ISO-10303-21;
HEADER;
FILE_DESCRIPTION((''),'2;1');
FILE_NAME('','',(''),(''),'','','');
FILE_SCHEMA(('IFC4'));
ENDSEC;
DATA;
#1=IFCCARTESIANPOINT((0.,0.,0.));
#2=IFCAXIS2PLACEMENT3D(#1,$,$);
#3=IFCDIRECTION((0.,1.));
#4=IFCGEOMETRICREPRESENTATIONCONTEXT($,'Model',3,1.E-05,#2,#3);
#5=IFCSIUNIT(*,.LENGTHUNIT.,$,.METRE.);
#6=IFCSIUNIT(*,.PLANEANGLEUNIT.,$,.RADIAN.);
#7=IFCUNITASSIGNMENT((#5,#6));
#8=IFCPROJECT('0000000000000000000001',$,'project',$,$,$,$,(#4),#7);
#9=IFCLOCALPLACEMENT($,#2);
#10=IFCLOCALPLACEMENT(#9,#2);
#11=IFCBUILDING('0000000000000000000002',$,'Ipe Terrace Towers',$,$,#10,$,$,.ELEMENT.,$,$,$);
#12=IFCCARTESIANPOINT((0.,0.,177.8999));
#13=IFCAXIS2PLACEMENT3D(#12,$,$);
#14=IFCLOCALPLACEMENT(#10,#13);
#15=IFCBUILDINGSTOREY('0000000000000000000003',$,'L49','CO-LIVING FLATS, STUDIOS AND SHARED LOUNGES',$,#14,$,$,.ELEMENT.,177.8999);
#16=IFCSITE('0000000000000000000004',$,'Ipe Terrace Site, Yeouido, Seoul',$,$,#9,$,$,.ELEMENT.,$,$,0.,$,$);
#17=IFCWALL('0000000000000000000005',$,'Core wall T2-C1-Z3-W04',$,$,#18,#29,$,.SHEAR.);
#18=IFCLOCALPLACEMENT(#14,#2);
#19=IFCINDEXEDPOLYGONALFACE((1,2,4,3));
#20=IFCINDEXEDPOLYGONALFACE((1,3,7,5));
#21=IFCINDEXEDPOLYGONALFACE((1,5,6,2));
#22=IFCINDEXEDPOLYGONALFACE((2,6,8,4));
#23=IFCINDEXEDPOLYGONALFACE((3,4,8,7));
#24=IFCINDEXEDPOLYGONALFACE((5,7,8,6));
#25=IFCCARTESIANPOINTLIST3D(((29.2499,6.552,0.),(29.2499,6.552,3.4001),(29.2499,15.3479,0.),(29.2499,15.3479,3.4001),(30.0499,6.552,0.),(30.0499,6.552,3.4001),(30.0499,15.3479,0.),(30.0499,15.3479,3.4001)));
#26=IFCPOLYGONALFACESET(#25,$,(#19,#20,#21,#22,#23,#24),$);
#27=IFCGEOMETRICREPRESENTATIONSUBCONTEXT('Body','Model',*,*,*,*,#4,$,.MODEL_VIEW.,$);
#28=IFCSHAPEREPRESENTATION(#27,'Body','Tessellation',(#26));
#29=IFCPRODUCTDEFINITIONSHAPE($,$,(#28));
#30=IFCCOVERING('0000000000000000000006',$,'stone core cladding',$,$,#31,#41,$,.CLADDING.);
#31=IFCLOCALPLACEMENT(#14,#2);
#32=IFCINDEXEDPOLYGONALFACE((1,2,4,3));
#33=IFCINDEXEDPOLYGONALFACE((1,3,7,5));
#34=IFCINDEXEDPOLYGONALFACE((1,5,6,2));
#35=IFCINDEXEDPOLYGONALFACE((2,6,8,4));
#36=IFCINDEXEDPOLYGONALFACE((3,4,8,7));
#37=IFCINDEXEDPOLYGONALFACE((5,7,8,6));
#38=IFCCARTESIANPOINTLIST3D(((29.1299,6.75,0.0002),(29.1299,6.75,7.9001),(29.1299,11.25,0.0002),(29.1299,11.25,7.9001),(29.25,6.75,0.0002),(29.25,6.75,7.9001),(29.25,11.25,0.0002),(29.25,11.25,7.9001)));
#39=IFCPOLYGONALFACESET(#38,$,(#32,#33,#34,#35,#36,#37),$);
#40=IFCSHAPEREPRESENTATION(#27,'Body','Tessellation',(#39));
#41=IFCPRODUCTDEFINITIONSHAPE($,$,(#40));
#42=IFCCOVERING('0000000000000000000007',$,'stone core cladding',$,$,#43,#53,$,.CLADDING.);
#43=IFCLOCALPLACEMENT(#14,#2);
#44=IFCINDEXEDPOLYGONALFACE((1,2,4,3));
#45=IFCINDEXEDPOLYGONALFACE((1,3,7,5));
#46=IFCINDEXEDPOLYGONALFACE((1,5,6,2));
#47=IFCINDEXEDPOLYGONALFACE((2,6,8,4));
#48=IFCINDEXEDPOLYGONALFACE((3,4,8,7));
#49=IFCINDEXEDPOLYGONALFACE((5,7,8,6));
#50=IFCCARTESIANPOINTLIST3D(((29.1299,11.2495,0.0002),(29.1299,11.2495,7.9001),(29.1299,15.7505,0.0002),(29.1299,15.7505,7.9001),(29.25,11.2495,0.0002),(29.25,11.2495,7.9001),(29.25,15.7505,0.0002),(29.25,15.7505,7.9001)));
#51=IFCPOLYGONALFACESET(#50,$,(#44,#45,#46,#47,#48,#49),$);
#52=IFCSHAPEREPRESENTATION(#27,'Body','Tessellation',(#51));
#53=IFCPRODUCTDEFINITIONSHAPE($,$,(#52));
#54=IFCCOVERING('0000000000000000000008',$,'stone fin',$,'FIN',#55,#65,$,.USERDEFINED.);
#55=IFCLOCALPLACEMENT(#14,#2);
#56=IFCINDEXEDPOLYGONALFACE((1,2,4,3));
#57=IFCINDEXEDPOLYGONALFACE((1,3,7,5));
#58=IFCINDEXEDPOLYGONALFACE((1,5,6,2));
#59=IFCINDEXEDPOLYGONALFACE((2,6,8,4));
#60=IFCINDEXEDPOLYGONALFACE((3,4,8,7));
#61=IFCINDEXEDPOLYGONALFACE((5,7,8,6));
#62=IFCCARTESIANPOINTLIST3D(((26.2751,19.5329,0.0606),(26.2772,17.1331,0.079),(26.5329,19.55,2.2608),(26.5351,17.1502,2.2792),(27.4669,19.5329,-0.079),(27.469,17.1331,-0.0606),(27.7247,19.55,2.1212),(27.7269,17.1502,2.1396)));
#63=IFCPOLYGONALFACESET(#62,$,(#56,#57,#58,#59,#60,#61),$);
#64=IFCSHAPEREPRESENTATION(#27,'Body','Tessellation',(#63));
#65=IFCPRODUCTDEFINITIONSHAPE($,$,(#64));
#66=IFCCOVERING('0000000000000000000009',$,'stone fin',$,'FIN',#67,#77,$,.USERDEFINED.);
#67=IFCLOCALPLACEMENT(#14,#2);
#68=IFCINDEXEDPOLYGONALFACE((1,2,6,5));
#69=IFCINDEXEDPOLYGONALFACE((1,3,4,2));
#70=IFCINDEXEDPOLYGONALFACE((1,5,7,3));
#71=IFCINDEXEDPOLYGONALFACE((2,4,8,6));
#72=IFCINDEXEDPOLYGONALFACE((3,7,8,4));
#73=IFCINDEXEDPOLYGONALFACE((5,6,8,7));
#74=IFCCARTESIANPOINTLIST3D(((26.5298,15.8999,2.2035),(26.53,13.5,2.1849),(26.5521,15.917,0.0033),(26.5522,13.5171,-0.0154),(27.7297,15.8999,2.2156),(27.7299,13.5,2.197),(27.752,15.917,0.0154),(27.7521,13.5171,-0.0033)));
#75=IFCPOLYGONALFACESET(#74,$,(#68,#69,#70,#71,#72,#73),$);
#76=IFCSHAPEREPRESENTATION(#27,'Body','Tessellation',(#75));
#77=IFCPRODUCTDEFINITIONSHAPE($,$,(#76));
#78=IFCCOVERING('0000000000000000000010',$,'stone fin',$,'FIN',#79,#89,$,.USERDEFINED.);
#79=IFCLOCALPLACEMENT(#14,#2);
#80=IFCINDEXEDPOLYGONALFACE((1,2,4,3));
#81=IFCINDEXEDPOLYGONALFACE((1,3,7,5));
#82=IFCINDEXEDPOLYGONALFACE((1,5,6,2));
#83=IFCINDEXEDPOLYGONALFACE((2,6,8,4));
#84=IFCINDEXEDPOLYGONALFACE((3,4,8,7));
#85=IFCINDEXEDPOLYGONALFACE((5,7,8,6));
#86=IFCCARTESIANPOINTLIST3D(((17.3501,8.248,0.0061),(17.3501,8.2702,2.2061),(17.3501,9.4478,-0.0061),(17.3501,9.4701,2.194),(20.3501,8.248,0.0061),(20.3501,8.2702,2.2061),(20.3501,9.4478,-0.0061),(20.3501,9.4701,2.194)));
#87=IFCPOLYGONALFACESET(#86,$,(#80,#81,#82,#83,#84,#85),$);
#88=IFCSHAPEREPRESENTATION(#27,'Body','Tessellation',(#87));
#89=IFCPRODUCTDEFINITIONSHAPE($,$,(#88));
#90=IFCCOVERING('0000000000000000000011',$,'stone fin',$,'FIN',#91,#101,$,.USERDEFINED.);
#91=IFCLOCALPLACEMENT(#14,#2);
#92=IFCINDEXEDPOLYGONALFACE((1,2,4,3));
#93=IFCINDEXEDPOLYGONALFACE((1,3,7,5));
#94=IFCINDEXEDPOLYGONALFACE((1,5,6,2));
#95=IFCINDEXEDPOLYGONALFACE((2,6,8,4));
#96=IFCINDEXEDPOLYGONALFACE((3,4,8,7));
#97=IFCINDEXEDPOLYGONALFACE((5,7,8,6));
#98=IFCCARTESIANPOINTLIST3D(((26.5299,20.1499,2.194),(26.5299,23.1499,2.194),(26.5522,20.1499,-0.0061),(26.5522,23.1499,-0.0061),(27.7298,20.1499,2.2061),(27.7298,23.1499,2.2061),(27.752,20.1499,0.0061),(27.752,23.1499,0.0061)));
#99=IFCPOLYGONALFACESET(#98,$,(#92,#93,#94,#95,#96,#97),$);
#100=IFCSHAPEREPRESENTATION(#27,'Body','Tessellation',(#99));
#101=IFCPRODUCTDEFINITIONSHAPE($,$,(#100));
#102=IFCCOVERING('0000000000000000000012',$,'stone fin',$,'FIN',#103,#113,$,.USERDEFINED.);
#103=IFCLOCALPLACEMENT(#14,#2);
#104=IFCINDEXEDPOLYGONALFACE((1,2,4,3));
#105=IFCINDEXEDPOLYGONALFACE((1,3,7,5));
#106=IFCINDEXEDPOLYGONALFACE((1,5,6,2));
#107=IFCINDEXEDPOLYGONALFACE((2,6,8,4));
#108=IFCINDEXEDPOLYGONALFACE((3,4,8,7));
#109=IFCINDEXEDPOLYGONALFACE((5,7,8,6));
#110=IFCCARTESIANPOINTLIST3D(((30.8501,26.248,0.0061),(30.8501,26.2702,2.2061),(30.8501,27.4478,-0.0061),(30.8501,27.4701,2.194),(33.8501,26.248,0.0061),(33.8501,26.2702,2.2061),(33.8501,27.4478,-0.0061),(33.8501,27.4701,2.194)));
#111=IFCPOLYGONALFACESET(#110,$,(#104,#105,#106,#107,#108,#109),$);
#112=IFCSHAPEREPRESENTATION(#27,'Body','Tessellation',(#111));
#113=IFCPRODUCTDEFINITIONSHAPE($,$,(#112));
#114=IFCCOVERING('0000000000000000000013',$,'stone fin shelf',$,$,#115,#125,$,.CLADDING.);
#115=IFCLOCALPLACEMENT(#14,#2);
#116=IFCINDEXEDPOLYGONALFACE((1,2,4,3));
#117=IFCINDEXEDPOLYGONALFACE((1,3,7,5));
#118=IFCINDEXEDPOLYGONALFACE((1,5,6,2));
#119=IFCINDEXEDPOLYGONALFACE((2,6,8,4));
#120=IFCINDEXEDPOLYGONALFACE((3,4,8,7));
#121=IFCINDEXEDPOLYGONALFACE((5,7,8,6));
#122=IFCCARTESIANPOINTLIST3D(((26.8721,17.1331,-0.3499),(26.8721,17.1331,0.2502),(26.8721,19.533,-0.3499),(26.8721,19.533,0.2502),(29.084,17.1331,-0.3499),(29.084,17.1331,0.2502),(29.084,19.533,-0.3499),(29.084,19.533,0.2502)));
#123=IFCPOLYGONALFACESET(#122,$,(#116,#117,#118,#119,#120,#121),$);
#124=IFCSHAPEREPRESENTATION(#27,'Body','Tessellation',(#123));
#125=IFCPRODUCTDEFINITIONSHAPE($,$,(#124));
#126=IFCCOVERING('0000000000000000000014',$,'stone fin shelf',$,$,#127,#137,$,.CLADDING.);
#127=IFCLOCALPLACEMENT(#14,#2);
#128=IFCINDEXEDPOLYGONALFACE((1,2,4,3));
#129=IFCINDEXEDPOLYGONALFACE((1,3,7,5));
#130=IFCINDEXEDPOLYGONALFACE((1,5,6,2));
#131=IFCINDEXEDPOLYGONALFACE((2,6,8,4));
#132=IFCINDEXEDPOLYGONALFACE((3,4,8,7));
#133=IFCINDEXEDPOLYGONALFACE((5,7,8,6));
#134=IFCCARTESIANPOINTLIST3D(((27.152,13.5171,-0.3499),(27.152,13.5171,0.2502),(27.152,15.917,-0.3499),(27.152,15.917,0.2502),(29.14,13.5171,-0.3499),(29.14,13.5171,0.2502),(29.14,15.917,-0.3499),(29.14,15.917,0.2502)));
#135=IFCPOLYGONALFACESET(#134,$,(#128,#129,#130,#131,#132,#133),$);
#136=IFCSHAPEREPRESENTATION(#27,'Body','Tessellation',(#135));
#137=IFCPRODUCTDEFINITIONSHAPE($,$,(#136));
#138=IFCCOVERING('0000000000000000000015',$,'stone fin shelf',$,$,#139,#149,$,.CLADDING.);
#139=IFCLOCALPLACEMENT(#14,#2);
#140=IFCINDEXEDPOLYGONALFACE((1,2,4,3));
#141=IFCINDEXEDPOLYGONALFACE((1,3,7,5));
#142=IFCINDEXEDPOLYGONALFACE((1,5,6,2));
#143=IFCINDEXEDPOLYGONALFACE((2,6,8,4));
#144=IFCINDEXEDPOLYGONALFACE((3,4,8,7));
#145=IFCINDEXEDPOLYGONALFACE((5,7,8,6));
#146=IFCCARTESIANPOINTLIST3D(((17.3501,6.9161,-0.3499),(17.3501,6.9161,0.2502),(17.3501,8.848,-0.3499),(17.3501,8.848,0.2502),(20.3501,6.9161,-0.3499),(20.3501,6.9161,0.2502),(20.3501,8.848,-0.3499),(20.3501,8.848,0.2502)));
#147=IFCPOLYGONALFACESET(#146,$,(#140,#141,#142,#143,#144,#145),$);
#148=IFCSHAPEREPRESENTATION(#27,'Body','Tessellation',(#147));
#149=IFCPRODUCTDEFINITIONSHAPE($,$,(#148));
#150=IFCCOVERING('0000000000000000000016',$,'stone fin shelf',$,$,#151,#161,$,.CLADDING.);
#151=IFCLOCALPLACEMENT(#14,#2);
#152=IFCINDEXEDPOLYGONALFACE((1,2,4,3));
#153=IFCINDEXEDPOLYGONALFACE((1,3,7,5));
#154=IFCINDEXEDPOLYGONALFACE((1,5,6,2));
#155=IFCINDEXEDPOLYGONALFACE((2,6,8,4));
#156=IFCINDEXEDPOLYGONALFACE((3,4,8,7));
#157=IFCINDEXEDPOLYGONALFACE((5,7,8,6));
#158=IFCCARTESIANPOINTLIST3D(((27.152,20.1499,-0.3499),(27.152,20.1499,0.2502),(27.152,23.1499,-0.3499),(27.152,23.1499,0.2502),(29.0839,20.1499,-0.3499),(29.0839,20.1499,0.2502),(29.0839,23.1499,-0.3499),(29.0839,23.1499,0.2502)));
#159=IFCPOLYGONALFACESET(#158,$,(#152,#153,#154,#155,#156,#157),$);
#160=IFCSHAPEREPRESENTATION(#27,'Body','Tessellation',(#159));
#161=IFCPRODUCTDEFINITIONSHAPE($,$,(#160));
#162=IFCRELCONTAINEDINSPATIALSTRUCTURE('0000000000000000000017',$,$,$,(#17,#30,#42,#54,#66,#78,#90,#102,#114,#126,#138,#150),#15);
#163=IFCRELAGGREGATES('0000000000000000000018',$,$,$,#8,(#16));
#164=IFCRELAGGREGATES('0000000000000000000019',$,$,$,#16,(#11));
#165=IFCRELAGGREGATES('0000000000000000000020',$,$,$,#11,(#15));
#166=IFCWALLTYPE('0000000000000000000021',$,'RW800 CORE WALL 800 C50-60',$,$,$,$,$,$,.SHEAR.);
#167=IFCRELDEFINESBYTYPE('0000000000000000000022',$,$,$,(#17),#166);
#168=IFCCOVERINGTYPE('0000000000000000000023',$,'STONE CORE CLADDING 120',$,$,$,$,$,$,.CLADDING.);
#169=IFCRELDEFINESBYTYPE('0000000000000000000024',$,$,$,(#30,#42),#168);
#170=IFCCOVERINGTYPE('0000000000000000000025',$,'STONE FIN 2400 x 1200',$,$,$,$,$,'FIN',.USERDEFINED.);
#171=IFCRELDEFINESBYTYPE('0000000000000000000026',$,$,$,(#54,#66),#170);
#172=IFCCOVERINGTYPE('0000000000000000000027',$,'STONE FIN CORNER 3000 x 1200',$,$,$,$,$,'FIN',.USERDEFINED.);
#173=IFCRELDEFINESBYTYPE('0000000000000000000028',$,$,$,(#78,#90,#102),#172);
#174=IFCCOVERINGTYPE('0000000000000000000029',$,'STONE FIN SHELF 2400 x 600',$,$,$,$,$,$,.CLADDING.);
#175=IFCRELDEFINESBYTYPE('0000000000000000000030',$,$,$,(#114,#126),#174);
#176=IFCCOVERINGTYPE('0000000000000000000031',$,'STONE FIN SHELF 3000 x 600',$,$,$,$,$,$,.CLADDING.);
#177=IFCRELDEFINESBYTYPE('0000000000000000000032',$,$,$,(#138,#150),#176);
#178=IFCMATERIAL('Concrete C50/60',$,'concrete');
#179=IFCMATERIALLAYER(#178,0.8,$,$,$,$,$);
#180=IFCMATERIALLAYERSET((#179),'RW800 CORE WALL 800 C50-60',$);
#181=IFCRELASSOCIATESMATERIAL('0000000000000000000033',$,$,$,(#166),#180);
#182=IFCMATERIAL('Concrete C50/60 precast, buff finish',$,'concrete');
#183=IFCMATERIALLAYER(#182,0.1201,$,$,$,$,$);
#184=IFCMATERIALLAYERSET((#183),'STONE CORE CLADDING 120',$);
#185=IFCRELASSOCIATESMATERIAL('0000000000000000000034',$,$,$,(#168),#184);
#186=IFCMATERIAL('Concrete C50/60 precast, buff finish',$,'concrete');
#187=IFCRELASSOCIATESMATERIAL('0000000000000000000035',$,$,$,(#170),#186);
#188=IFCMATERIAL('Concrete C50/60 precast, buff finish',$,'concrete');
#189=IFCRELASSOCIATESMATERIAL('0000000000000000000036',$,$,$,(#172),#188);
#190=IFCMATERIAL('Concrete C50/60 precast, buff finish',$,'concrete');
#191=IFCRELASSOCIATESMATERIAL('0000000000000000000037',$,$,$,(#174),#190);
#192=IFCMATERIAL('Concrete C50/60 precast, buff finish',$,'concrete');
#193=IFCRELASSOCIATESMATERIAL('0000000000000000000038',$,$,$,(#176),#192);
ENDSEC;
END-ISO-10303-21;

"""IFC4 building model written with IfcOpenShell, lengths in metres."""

from ifc_helpers import new_model, si_unit, direction, frame, frame_2d, origin, origin_2d, place, context, subcontext, project, spatial, rectangle, extrude, material, layer, layer_set, material_profile, profile_set, type_object, element, save


model = new_model("IFC4")

# Units and contexts
model_context = context("Model", 3, precision=1e-05, world=origin(), true_north=direction((0.0, 1.0)))
body_context = subcontext(model_context, "Body", "Model", "MODEL_VIEW")
ifc_project = project(units=[si_unit("LENGTHUNIT", "METRE"), si_unit("PLANEANGLEUNIT", "RADIAN")], contexts=[model_context])

# Site, building, storey
site_placement = place(None, origin())
site = spatial("IfcSite", under=ifc_project, at=site_placement, Name="Ipe Terrace Site, Yeouido, Seoul", CompositionType="ELEMENT", RefElevation=0.0)
building_placement = place(site_placement, origin())
building = spatial("IfcBuilding", under=site, at=building_placement, Name="Ipe Terrace Towers", CompositionType="ELEMENT")
storey_placement = place(building_placement, frame((0.0, 0.0, 177.8999)))
storey = spatial("IfcBuildingStorey", under=building, at=storey_placement, Name="L49", Description="CO-LIVING FLATS, STUDIOS AND SHARED LOUNGES", CompositionType="ELEMENT", Elevation=177.8999)

# Shared definitions
ifc_material_1 = material(Name="Concrete C50/60", Category="concrete")
ifc_layer_1 = layer(ifc_material_1, 0.8)
ifc_layer_set_1 = layer_set([ifc_layer_1], Name="RW800 CORE WALL 800 C50-60")
wall_type_1 = type_object("IfcWallType", Name="RW800 CORE WALL 800 C50-60", PredefinedType="SHEAR", material=ifc_layer_set_1)

# Wall
wall_1_placement = place(storey_placement, frame((29.6499, 15.3479, 0.0), z_axis=(0.0, 0.0, 1.0), x_axis=(0.0, -1.0, 0.0)))
element("IfcWall", 1, at=wall_1_placement, inside=storey, type_object=wall_type_1, Name="Core wall T2-C1-Z3-W04", PredefinedType="SHEAR", context=body_context, shape_type="SweptSolid", body=[
    extrude(rectangle(XDim=8.7959, YDim=0.8, at=frame_2d((4.3979, 0.0))), origin(), (0.0, 0.0, 1.0), 3.4001),
])

# Coverings
ifc_material_2 = material(Name="Concrete C50/60 precast, buff finish", Category="concrete")
ifc_layer_2 = layer(ifc_material_2, 0.1201)
ifc_layer_set_2 = layer_set([ifc_layer_2], Name="STONE CORE CLADDING 120")
covering_type_1 = type_object("IfcCoveringType", Name="STONE CORE CLADDING 120", PredefinedType="CLADDING", material=ifc_layer_set_2)
covering_1_placement = place(storey_placement, frame((29.1899, 9.0, 0.0002), z_axis=(0.0, 0.0, 1.0), x_axis=(0.0, -1.0, 0.0)))
element("IfcCovering", 2, at=covering_1_placement, inside=storey, type_object=covering_type_1, Name="stone core cladding", PredefinedType="CLADDING", context=body_context, shape_type="SweptSolid", body=[
    extrude(rectangle(XDim=4.5, YDim=0.1201, at=origin_2d()), origin(), (0.0, 0.0, 1.0), 7.8999),
])
covering_2_placement = place(storey_placement, frame((29.1899, 13.5, 0.0002), z_axis=(0.0, 0.0, 1.0), x_axis=(0.0, -1.0, 0.0)))
element("IfcCovering", 3, at=covering_2_placement, inside=storey, type_object=covering_type_1, Name="stone core cladding", PredefinedType="CLADDING", context=body_context, shape_type="SweptSolid", body=[
    extrude(rectangle(XDim=4.501, YDim=0.1201, at=origin_2d()), origin(), (0.0, 0.0, 1.0), 7.8999),
])
ifc_material_3 = material(Name="Concrete C50/60 precast, buff finish", Category="concrete")
ifc_material_profile_1 = material_profile(ifc_material_3, rectangle(XDim=2.3999, YDim=1.2, at=origin_2d()), Name="STONE FIN 2400 x 1200")
ifc_profile_set_1 = profile_set([ifc_material_profile_1], Name="Concrete C50/60 precast, buff finish")
covering_type_2 = type_object("IfcCoveringType", Name="STONE FIN 2400 x 1200", ElementType="FIN", PredefinedType="USERDEFINED", material=ifc_profile_set_1)
covering_3_placement = place(storey_placement, frame((26.8721, 18.333, 0.0), z_axis=(0.116377, 0.007714, 0.993175), x_axis=(0.000898, -0.99997, 0.007662)))
element("IfcCovering", 4, at=covering_3_placement, inside=storey, type_object=covering_type_2, Name="stone fin", ObjectType="FIN", PredefinedType="USERDEFINED", context=body_context, shape_type="SweptSolid", body=[
    extrude(rectangle(XDim=2.3999, YDim=1.2, at=origin_2d()), origin(), (0.0, 0.0, 1.0), 2.2153),
])
covering_4_placement = place(storey_placement, frame((27.1521, 14.717, 0.0), z_axis=(-0.010097, -0.007767, 0.999919), x_axis=(0.000078, -0.99997, -0.007766)))
element("IfcCovering", 5, at=covering_4_placement, inside=storey, type_object=covering_type_2, Name="stone fin", ObjectType="FIN", PredefinedType="USERDEFINED", context=body_context, shape_type="SweptSolid", body=[
    extrude(rectangle(XDim=2.3999, YDim=1.2, at=origin_2d()), origin(), (0.0, 0.0, 1.0), 2.2004),
])
ifc_material_4 = material(Name="Concrete C50/60 precast, buff finish", Category="concrete")
ifc_material_profile_2 = material_profile(ifc_material_4, rectangle(XDim=3.0, YDim=1.2, at=origin_2d()), Name="STONE FIN CORNER 3000 x 1200")
ifc_profile_set_2 = profile_set([ifc_material_profile_2], Name="Concrete C50/60 precast, buff finish")
covering_type_3 = type_object("IfcCoveringType", Name="STONE FIN CORNER 3000 x 1200", ElementType="FIN", PredefinedType="USERDEFINED", material=ifc_profile_set_2)
for number, where, z_axis, x_axis, name in (
    (6, (18.8501, 8.8479, 0.0), (0.0, 0.010097, 0.999949), (-1.0, 0.0, 0.0), "stone fin"),
    (7, (27.1521, 21.6499, 0.0), (-0.010097, 0.0, 0.999949), (0.0, -1.0, 0.0), "stone fin"),
    (8, (32.3501, 26.8479, 0.0), (0.0, 0.010097, 0.999949), (-1.0, 0.0, 0.0), "stone fin"),
):
    element("IfcCovering", number, at=place(storey_placement, frame(where, z_axis=z_axis, x_axis=x_axis)), inside=storey, type_object=covering_type_3, Name=name, ObjectType="FIN", PredefinedType="USERDEFINED", context=body_context, shape_type="SweptSolid", body=[
        extrude(rectangle(XDim=3.0, YDim=1.2, at=origin_2d()), origin(), (0.0, 0.0, 1.0), 2.2002),
    ])
ifc_material_5 = material(Name="Concrete C50/60 precast, buff finish", Category="concrete")
covering_type_4 = type_object("IfcCoveringType", Name="STONE FIN SHELF 2400 x 600", PredefinedType="CLADDING", material=ifc_material_5)
covering_5_placement = place(storey_placement, frame((27.978, 18.333, -0.3499), z_axis=(0.0, 0.0, 1.0), x_axis=(0.0, -1.0, 0.0)))
element("IfcCovering", 9, at=covering_5_placement, inside=storey, type_object=covering_type_4, Name="stone fin shelf", PredefinedType="CLADDING", context=body_context, shape_type="SweptSolid", body=[
    extrude(rectangle(XDim=2.3999, YDim=2.2119, at=origin_2d()), origin(), (0.0, 0.0, 1.0), 0.6001),
])
covering_6_placement = place(storey_placement, frame((28.146, 14.717, -0.3499), z_axis=(0.0, 0.0, 1.0), x_axis=(0.0, -1.0, 0.0)))
element("IfcCovering", 10, at=covering_6_placement, inside=storey, type_object=covering_type_4, Name="stone fin shelf", PredefinedType="CLADDING", context=body_context, shape_type="SweptSolid", body=[
    extrude(rectangle(XDim=2.3999, YDim=1.988, at=origin_2d()), origin(), (0.0, 0.0, 1.0), 0.6001),
])
ifc_material_6 = material(Name="Concrete C50/60 precast, buff finish", Category="concrete")
covering_type_5 = type_object("IfcCoveringType", Name="STONE FIN SHELF 3000 x 600", PredefinedType="CLADDING", material=ifc_material_6)
for number, where, z_axis, x_axis, name in (
    (11, (18.8501, 7.8821, -0.3499), (0.0, 0.0, 1.0), (-1.0, 0.0, 0.0), "stone fin shelf"),
    (12, (28.1179, 21.6499, -0.3499), (0.0, 0.0, 1.0), (0.0, -1.0, 0.0), "stone fin shelf"),
):
    element("IfcCovering", number, at=place(storey_placement, frame(where, z_axis=z_axis, x_axis=x_axis)), inside=storey, type_object=covering_type_5, Name=name, PredefinedType="CLADDING", context=body_context, shape_type="SweptSolid", body=[
        extrude(rectangle(XDim=3.0, YDim=1.9319, at=origin_2d()), origin(), (0.0, 0.0, 1.0), 0.6001),
    ])

save(model, "model.ifc")
